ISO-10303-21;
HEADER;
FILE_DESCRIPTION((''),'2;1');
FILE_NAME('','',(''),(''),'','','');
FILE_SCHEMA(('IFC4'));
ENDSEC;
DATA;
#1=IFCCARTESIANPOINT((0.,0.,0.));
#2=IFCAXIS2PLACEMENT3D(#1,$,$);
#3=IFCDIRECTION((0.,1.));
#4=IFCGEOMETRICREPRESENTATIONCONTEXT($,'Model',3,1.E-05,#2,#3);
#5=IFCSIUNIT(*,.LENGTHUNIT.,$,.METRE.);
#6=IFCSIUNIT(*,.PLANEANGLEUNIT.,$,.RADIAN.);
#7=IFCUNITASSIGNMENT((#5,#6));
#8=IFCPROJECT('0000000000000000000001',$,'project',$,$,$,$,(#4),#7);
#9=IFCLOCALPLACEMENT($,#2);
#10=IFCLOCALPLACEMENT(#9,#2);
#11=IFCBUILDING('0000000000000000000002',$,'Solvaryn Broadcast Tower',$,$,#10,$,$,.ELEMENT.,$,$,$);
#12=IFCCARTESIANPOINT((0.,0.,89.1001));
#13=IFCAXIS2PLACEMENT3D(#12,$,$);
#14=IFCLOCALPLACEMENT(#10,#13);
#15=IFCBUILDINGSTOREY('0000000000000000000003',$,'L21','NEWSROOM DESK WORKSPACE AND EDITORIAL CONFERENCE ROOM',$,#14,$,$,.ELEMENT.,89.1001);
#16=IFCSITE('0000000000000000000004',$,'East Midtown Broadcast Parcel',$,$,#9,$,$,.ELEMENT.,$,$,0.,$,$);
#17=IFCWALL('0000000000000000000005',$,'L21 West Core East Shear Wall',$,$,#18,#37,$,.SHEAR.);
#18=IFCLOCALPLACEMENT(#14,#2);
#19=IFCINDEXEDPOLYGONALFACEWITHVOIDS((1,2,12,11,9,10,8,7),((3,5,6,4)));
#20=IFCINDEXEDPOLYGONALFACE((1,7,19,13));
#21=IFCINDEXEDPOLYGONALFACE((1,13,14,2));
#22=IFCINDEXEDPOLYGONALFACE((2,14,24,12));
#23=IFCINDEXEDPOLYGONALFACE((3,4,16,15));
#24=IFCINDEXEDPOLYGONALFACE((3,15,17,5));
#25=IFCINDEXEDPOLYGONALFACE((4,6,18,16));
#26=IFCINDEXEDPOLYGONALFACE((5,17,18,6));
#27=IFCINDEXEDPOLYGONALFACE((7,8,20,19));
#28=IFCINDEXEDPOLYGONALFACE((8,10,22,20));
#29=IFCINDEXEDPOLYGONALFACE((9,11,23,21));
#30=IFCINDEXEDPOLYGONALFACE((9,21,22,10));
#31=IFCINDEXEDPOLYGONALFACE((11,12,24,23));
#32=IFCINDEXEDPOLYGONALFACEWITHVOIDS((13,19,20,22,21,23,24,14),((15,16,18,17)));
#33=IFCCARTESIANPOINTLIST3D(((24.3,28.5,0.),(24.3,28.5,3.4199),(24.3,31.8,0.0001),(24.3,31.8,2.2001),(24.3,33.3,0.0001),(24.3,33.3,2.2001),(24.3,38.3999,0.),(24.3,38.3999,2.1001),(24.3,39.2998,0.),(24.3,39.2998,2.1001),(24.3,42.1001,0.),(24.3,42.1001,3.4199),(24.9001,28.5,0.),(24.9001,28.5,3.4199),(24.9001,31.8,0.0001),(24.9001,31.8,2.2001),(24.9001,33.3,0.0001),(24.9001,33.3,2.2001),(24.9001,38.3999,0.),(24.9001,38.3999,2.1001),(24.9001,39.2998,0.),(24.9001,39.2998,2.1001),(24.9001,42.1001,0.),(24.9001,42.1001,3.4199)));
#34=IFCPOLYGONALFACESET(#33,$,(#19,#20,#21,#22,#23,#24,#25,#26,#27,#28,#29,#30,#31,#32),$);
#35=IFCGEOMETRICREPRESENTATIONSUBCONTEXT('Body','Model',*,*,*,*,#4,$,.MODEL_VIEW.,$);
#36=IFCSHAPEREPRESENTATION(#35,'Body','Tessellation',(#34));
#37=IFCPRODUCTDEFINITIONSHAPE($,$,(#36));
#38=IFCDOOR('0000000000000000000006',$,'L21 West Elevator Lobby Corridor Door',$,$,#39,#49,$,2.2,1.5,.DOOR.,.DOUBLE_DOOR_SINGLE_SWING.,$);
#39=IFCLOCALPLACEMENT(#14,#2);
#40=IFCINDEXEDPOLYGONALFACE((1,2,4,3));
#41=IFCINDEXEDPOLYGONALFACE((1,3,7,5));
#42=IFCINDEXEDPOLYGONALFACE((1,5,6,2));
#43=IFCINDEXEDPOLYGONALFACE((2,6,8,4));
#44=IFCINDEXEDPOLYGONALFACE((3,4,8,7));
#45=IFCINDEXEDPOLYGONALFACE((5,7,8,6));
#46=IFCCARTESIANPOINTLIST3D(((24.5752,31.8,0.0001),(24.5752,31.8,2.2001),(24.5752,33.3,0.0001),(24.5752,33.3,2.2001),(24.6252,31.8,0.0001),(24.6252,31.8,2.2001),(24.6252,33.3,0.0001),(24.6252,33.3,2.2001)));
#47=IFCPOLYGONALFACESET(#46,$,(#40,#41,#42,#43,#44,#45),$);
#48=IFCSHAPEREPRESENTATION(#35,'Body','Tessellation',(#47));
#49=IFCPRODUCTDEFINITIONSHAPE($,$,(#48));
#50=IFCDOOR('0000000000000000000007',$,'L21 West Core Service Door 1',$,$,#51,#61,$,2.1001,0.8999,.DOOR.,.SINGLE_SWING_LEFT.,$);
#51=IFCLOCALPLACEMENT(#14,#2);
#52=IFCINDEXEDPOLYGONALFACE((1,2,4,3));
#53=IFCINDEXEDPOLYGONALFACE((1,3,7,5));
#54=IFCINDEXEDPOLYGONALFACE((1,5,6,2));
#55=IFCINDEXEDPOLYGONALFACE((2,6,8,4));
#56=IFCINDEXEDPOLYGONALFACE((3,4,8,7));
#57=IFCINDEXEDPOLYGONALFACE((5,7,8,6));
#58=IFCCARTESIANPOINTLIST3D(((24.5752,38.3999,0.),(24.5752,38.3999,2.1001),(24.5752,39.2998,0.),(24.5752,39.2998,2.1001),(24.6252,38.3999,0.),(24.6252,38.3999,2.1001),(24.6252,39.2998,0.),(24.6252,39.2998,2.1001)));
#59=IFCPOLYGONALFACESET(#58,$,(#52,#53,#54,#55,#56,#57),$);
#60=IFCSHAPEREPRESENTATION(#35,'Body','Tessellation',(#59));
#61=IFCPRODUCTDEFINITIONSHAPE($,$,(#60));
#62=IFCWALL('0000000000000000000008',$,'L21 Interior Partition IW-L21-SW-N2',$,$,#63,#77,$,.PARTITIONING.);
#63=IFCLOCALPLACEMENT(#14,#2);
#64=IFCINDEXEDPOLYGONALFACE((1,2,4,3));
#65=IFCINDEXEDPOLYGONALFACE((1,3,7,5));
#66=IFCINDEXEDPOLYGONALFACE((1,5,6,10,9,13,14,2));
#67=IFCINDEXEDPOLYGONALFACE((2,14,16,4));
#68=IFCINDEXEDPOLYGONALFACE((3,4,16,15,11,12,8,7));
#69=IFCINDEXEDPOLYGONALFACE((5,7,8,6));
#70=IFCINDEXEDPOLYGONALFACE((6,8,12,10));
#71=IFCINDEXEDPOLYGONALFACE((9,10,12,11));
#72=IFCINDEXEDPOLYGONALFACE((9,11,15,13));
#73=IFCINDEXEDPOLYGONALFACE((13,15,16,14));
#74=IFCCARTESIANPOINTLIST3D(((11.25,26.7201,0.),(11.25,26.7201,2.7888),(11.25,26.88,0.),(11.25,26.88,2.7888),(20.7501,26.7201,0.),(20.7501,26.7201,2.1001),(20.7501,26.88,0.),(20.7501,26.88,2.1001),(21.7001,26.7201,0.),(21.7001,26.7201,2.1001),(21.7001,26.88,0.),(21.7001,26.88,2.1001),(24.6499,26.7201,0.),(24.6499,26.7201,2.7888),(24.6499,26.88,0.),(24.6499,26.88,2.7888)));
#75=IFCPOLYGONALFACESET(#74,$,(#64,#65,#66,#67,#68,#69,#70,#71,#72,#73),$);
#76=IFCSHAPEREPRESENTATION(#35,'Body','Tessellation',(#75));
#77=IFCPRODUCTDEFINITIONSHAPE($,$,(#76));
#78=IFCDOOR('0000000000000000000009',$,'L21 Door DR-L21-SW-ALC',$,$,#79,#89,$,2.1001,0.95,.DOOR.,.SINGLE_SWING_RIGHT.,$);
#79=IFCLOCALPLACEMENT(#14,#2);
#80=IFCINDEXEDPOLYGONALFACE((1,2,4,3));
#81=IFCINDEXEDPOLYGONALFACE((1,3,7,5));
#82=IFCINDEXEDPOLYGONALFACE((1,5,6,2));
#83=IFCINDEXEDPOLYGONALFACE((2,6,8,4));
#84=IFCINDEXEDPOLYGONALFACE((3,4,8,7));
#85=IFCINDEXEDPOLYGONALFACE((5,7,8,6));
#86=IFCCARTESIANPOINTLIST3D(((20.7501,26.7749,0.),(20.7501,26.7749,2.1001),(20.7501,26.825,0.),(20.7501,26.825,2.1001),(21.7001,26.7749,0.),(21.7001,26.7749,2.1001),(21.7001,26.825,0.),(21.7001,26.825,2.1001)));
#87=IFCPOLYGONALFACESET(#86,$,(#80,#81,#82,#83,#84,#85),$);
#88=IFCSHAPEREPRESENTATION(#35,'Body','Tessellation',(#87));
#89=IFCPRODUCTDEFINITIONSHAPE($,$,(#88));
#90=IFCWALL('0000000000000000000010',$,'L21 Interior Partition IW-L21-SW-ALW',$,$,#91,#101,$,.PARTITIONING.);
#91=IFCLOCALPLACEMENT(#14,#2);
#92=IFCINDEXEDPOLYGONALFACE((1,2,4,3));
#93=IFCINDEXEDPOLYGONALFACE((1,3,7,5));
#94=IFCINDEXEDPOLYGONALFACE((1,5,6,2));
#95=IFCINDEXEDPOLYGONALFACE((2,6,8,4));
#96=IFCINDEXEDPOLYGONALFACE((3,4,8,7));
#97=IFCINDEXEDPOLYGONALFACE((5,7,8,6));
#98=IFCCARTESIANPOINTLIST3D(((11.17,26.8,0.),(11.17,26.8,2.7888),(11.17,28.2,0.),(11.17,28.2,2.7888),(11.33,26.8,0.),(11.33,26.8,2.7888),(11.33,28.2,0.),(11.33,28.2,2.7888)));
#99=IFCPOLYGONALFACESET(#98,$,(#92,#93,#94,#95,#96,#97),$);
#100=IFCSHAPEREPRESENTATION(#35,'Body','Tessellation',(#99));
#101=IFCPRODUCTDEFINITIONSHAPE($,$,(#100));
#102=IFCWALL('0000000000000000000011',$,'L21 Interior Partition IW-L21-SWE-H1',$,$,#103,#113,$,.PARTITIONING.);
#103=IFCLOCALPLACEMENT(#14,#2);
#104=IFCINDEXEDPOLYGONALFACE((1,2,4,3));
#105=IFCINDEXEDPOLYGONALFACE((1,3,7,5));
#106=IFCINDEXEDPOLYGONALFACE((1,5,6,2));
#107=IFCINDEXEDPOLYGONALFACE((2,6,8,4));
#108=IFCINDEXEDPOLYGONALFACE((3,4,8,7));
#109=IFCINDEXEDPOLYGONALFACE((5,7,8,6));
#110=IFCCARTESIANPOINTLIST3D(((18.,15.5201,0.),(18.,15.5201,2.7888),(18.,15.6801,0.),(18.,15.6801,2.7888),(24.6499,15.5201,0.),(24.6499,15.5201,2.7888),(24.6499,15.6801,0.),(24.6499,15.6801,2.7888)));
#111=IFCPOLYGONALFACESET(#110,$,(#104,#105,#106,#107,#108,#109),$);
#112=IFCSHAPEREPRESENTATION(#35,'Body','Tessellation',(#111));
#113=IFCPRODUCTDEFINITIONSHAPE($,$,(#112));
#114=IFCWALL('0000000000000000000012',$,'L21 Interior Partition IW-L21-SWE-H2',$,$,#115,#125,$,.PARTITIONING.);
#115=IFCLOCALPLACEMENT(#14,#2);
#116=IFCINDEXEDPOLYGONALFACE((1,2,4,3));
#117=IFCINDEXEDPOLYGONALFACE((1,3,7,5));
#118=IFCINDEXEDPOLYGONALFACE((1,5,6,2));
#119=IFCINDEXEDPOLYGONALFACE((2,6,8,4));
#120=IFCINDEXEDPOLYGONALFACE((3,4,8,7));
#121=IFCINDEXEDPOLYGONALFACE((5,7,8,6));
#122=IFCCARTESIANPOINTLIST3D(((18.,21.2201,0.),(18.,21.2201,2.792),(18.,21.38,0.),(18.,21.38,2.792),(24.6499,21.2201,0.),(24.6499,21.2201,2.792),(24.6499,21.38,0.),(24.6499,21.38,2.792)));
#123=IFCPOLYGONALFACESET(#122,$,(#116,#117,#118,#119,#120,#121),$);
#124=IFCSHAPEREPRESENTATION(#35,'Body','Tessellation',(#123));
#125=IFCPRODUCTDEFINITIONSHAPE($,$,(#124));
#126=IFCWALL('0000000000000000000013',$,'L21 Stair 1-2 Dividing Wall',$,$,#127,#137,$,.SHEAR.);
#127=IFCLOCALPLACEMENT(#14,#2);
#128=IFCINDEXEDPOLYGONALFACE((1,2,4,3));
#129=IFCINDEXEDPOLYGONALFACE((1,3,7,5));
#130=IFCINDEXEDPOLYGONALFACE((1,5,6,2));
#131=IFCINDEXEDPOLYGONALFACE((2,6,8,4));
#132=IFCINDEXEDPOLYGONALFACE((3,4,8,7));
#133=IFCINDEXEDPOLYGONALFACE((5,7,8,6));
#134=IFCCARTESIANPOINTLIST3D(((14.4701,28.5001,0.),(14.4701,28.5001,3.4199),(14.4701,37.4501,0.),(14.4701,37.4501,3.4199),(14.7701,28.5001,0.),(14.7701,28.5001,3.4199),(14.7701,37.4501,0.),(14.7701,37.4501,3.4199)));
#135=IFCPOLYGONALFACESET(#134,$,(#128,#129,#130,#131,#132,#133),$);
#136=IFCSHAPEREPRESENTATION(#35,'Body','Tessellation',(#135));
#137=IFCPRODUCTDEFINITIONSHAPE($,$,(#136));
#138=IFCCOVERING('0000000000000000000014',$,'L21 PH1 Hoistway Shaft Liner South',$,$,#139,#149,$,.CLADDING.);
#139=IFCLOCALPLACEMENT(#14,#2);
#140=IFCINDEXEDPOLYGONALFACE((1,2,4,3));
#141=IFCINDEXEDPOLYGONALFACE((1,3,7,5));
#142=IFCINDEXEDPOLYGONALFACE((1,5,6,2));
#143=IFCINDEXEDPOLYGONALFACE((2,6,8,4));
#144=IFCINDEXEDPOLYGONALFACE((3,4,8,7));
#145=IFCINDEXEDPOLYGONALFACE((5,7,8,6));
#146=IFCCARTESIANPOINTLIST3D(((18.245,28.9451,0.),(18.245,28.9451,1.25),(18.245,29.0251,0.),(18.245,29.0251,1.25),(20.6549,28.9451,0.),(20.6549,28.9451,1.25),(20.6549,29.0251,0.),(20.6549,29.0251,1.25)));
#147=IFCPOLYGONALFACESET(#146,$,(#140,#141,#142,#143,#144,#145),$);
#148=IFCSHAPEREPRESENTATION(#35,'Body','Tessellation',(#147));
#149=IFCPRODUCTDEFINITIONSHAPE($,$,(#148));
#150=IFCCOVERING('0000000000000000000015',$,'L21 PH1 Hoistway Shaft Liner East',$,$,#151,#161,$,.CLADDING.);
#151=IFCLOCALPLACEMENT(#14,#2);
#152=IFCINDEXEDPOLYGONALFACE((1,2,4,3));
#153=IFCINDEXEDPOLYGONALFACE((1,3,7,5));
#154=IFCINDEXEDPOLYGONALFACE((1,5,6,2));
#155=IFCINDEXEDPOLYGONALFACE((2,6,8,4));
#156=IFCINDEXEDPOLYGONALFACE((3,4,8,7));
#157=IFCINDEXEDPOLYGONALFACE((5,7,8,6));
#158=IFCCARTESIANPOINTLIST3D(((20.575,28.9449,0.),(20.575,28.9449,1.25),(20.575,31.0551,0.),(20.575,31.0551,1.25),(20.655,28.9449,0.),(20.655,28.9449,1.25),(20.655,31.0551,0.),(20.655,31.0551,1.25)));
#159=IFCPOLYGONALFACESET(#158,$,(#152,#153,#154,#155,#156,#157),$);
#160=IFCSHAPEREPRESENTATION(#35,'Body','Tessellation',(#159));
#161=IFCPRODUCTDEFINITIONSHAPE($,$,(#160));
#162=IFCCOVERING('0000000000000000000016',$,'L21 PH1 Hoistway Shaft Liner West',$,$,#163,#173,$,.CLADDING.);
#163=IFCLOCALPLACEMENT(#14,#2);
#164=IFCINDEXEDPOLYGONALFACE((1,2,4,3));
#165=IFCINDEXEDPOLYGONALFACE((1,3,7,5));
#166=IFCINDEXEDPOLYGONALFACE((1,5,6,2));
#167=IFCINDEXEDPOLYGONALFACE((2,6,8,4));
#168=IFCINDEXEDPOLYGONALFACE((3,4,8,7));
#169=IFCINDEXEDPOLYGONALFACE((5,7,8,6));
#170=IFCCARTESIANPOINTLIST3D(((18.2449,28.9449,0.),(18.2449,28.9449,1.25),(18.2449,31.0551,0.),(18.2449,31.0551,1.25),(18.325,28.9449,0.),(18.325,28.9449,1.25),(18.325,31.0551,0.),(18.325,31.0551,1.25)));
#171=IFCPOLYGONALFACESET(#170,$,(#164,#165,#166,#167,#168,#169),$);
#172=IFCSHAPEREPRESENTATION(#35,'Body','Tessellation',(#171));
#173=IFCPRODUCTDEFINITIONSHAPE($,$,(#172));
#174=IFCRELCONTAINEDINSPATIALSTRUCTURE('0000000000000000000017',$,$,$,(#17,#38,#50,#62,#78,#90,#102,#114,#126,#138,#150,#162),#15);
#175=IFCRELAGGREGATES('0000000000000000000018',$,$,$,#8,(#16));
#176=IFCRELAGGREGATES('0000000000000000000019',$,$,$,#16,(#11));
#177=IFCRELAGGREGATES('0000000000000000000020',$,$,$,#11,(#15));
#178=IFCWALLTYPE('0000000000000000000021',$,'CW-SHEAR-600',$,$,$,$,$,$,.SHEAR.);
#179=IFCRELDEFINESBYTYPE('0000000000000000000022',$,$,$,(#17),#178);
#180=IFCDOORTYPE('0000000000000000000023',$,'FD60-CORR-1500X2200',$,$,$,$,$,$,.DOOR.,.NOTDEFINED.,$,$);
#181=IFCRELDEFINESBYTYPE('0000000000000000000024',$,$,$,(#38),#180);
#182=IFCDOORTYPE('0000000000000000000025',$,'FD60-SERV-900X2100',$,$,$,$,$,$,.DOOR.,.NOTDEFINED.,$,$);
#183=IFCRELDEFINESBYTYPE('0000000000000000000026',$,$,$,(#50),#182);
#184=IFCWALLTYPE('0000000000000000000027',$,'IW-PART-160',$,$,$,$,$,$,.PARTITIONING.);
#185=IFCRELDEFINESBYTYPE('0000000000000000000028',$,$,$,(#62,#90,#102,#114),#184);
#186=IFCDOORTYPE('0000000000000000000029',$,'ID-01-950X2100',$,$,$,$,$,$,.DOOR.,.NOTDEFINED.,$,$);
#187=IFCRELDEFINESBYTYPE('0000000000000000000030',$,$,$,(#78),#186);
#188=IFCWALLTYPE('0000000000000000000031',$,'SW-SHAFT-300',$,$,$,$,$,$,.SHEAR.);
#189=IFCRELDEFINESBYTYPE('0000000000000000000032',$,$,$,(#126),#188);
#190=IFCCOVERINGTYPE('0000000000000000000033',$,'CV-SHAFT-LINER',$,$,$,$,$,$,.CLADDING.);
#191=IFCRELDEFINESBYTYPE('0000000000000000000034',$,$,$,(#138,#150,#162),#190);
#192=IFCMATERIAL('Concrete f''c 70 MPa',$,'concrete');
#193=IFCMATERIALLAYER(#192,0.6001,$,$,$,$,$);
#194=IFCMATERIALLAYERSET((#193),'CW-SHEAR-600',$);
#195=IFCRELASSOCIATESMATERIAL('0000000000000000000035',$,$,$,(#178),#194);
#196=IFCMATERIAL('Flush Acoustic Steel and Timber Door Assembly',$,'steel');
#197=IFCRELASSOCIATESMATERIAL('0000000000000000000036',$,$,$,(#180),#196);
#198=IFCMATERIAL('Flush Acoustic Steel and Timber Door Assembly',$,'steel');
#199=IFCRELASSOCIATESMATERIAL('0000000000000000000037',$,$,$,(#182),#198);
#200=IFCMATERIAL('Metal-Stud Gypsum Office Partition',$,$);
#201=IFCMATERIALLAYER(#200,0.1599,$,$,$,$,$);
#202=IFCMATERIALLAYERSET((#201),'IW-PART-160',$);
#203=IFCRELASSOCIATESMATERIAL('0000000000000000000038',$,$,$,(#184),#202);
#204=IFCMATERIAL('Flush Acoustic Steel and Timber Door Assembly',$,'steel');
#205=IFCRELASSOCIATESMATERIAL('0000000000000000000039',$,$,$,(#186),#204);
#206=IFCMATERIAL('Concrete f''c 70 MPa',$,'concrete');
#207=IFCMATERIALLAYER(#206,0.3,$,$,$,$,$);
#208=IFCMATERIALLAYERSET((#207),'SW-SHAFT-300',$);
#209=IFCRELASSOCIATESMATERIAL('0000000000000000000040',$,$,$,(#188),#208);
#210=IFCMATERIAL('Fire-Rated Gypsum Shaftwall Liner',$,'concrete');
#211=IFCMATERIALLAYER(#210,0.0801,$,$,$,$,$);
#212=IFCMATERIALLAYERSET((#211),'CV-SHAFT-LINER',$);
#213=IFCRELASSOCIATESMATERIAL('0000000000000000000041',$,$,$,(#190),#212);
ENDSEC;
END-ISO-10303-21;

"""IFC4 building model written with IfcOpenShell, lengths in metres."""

from ifc_helpers import new_model, si_unit, direction, frame, frame_2d, origin, origin_2d, place, context, subcontext, project, spatial, rectangle, extrude, material, layer, layer_set, type_object, element, fill, save


model = new_model("IFC4")

# Units and contexts
model_context = context("Model", 3, precision=1e-05, world=origin(), true_north=direction((0.0, 1.0)))
body_context = subcontext(model_context, "Body", "Model", "MODEL_VIEW")
ifc_project = project(units=[si_unit("LENGTHUNIT", "METRE"), si_unit("PLANEANGLEUNIT", "RADIAN")], contexts=[model_context])

# Site, building, storey
site_placement = place(None, origin())
site = spatial("IfcSite", under=ifc_project, at=site_placement, Name="East Midtown Broadcast Parcel", CompositionType="ELEMENT", RefElevation=0.0)
building_placement = place(site_placement, origin())
building = spatial("IfcBuilding", under=site, at=building_placement, Name="Solvaryn Broadcast Tower", CompositionType="ELEMENT")
storey_placement = place(building_placement, frame((0.0, 0.0, 89.1001)))
storey = spatial("IfcBuildingStorey", under=building, at=storey_placement, Name="L21", Description="NEWSROOM DESK WORKSPACE AND EDITORIAL CONFERENCE ROOM", CompositionType="ELEMENT", Elevation=89.1001)

# Shared definitions
ifc_material_1 = material(Name="Concrete f'c 70 MPa", Category="concrete")
ifc_layer_1 = layer(ifc_material_1, 0.6001)
ifc_layer_set_1 = layer_set([ifc_layer_1], Name="CW-SHEAR-600")
wall_type_1 = type_object("IfcWallType", Name="CW-SHEAR-600", PredefinedType="SHEAR", material=ifc_layer_set_1)

# Wall, openings, doors
wall_1_placement = place(storey_placement, frame((24.6001, 28.5, 0.0), z_axis=(0.0, 0.0, 1.0), x_axis=(0.0, 1.0, 0.0)))
wall_1 = element("IfcWall", 1, at=wall_1_placement, inside=storey, type_object=wall_type_1, Name="L21 West Core East Shear Wall", PredefinedType="SHEAR", context=body_context, shape_type="SweptSolid", body=[
    extrude(rectangle(XDim=13.6001, YDim=0.6001, at=frame_2d((6.8, 0.0))), origin(), (0.0, 0.0, 1.0), 3.4199),
])
opening_1_placement = place(wall_1_placement, frame((3.3, 0.0, 0.0)))
opening_1 = element("IfcOpeningElement", 2, at=opening_1_placement, cuts=wall_1, PredefinedType="OPENING", context=body_context, shape_type="SweptSolid", body=[
    extrude(rectangle(XDim=1.5, YDim=2.2, at=frame_2d((0.75, 1.1001))), frame((0.0, 0.3101, 0.0), z_axis=(0.0, -1.0, 0.0), x_axis=(1.0, 0.0, 0.0)), (0.0, 0.0, 1.0), 0.6201),
])
opening_2_placement = place(wall_1_placement, frame((9.8999, 0.0, 0.0)))
opening_2 = element("IfcOpeningElement", 3, at=opening_2_placement, cuts=wall_1, PredefinedType="OPENING", context=body_context, shape_type="SweptSolid", body=[
    extrude(rectangle(XDim=0.8999, YDim=2.1001, at=frame_2d((0.45, 1.05))), frame((0.0, 0.3101, 0.0), z_axis=(0.0, -1.0, 0.0), x_axis=(1.0, 0.0, 0.0)), (0.0, 0.0, 1.0), 0.6201),
])
ifc_material_2 = material(Name="Flush Acoustic Steel and Timber Door Assembly", Category="steel")
door_type_1 = type_object("IfcDoorType", Name="FD60-CORR-1500X2200", OperationType="NOTDEFINED", PredefinedType="DOOR", material=ifc_material_2)
door_1_placement = place(opening_1_placement, origin())
door_1 = element("IfcDoor", 4, at=door_1_placement, inside=storey, type_object=door_type_1, Name="L21 West Elevator Lobby Corridor Door", OperationType="DOUBLE_DOOR_SINGLE_SWING", OverallHeight=2.2, OverallWidth=1.5, PredefinedType="DOOR", context=body_context, shape_type="SweptSolid", body=[
    extrude(rectangle(XDim=1.5, YDim=2.2, at=frame_2d((0.75, 1.1001))), frame((0.0, 0.0249, 0.0), z_axis=(0.0, -1.0, 0.0), x_axis=(1.0, 0.0, 0.0)), (0.0, 0.0, 1.0), 0.05),
])
fill(opening_1, door_1)
ifc_material_3 = material(Name="Flush Acoustic Steel and Timber Door Assembly", Category="steel")
door_type_2 = type_object("IfcDoorType", Name="FD60-SERV-900X2100", OperationType="NOTDEFINED", PredefinedType="DOOR", material=ifc_material_3)
door_2_placement = place(opening_2_placement, origin())
door_2 = element("IfcDoor", 5, at=door_2_placement, inside=storey, type_object=door_type_2, Name="L21 West Core Service Door 1", OperationType="SINGLE_SWING_LEFT", OverallHeight=2.1001, OverallWidth=0.8999, PredefinedType="DOOR", context=body_context, shape_type="SweptSolid", body=[
    extrude(rectangle(XDim=0.8999, YDim=2.1001, at=frame_2d((0.45, 1.05))), frame((0.0, 0.0249, 0.0), z_axis=(0.0, -1.0, 0.0), x_axis=(1.0, 0.0, 0.0)), (0.0, 0.0, 1.0), 0.05),
])
fill(opening_2, door_2)

# Wall, opening, door
ifc_material_4 = material(Name="Metal-Stud Gypsum Office Partition")
ifc_layer_2 = layer(ifc_material_4, 0.1599)
ifc_layer_set_2 = layer_set([ifc_layer_2], Name="IW-PART-160")
wall_type_2 = type_object("IfcWallType", Name="IW-PART-160", PredefinedType="PARTITIONING", material=ifc_layer_set_2)
wall_2_placement = place(storey_placement, frame((11.25, 26.8, 0.0), z_axis=(0.0, 0.0, 1.0), x_axis=(1.0, 0.0, 0.0)))
wall_2 = element("IfcWall", 6, at=wall_2_placement, inside=storey, type_object=wall_type_2, Name="L21 Interior Partition IW-L21-SW-N2", PredefinedType="PARTITIONING", context=body_context, shape_type="SweptSolid", body=[
    extrude(rectangle(XDim=13.3999, YDim=0.1599, at=frame_2d((6.7, 0.0))), origin(), (0.0, 0.0, 1.0), 2.7888),
])
opening_3_placement = place(wall_2_placement, frame((9.5, 0.0, 0.0)))
opening_3 = element("IfcOpeningElement", 7, at=opening_3_placement, cuts=wall_2, PredefinedType="OPENING", context=body_context, shape_type="SweptSolid", body=[
    extrude(rectangle(XDim=0.95, YDim=2.1001, at=frame_2d((0.4751, 1.05))), frame((0.0, 0.0901, 0.0), z_axis=(0.0, -1.0, 0.0), x_axis=(1.0, 0.0, 0.0)), (0.0, 0.0, 1.0), 0.1799),
])
ifc_material_5 = material(Name="Flush Acoustic Steel and Timber Door Assembly", Category="steel")
door_type_3 = type_object("IfcDoorType", Name="ID-01-950X2100", OperationType="NOTDEFINED", PredefinedType="DOOR", material=ifc_material_5)
door_3_placement = place(opening_3_placement, origin())
door_3 = element("IfcDoor", 8, at=door_3_placement, inside=storey, type_object=door_type_3, Name="L21 Door DR-L21-SW-ALC", OperationType="SINGLE_SWING_RIGHT", OverallHeight=2.1001, OverallWidth=0.95, PredefinedType="DOOR", context=body_context, shape_type="SweptSolid", body=[
    extrude(rectangle(XDim=0.95, YDim=2.1001, at=frame_2d((0.4751, 1.05))), frame((0.0, 0.0249, 0.0), z_axis=(0.0, -1.0, 0.0), x_axis=(1.0, 0.0, 0.0)), (0.0, 0.0, 1.0), 0.05),
])
fill(opening_3, door_3)

# Walls
wall_3_placement = place(storey_placement, frame((11.25, 26.8, 0.0), z_axis=(0.0, 0.0, 1.0), x_axis=(0.0, 1.0, 0.0)))
element("IfcWall", 9, at=wall_3_placement, inside=storey, type_object=wall_type_2, Name="L21 Interior Partition IW-L21-SW-ALW", PredefinedType="PARTITIONING", context=body_context, shape_type="SweptSolid", body=[
    extrude(rectangle(XDim=1.3999, YDim=0.1599, at=frame_2d((0.7, 0.0))), origin(), (0.0, 0.0, 1.0), 2.7888),
])
wall_4_placement = place(storey_placement, frame((18.0, 15.6001, 0.0), z_axis=(0.0, 0.0, 1.0), x_axis=(1.0, 0.0, 0.0)))
element("IfcWall", 10, at=wall_4_placement, inside=storey, type_object=wall_type_2, Name="L21 Interior Partition IW-L21-SWE-H1", PredefinedType="PARTITIONING", context=body_context, shape_type="SweptSolid", body=[
    extrude(rectangle(XDim=6.6499, YDim=0.1599, at=frame_2d((3.325, 0.0))), origin(), (0.0, 0.0, 1.0), 2.7888),
])
wall_5_placement = place(storey_placement, frame((18.0, 21.3, 0.0), z_axis=(0.0, 0.0, 1.0), x_axis=(1.0, 0.0, 0.0)))
element("IfcWall", 11, at=wall_5_placement, inside=storey, type_object=wall_type_2, Name="L21 Interior Partition IW-L21-SWE-H2", PredefinedType="PARTITIONING", context=body_context, shape_type="SweptSolid", body=[
    extrude(rectangle(XDim=6.6499, YDim=0.1599, at=frame_2d((3.325, 0.0))), origin(), (0.0, 0.0, 1.0), 2.792),
])
ifc_material_6 = material(Name="Concrete f'c 70 MPa", Category="concrete")
ifc_layer_3 = layer(ifc_material_6, 0.3)
ifc_layer_set_3 = layer_set([ifc_layer_3], Name="SW-SHAFT-300")
wall_type_3 = type_object("IfcWallType", Name="SW-SHAFT-300", PredefinedType="SHEAR", material=ifc_layer_set_3)
wall_6_placement = place(storey_placement, frame((14.6201, 28.5, 0.0), z_axis=(0.0, 0.0, 1.0), x_axis=(0.0, 1.0, 0.0)))
element("IfcWall", 12, at=wall_6_placement, inside=storey, type_object=wall_type_3, Name="L21 Stair 1-2 Dividing Wall", PredefinedType="SHEAR", context=body_context, shape_type="SweptSolid", body=[
    extrude(rectangle(XDim=8.95, YDim=0.3, at=frame_2d((4.4751, 0.0))), origin(), (0.0, 0.0, 1.0), 3.4199),
])

# Coverings
ifc_material_7 = material(Name="Fire-Rated Gypsum Shaftwall Liner", Category="concrete")
ifc_layer_4 = layer(ifc_material_7, 0.0801)
ifc_layer_set_4 = layer_set([ifc_layer_4], Name="CV-SHAFT-LINER")
covering_type = type_object("IfcCoveringType", Name="CV-SHAFT-LINER", PredefinedType="CLADDING", material=ifc_layer_set_4)
covering_1_placement = place(storey_placement, frame((19.45, 28.9851, 0.0), z_axis=(0.0, 0.0, 1.0), x_axis=(1.0, 0.0, 0.0)))
element("IfcCovering", 13, at=covering_1_placement, inside=storey, type_object=covering_type, Name="L21 PH1 Hoistway Shaft Liner South", PredefinedType="CLADDING", context=body_context, shape_type="SweptSolid", body=[
    extrude(rectangle(XDim=2.4099, YDim=0.0801, at=origin_2d()), origin(), (0.0, 0.0, 1.0), 1.25),
])
for number, where, z_axis, x_axis, name in (
    (14, (20.615, 30.0, 0.0), (0.0, 0.0, 1.0), (1.0, 0.0, 0.0), "L21 PH1 Hoistway Shaft Liner East"),
    (15, (18.2849, 30.0, 0.0), (0.0, 0.0, 1.0), (1.0, 0.0, 0.0), "L21 PH1 Hoistway Shaft Liner West"),
):
    element("IfcCovering", number, at=place(storey_placement, frame(where, z_axis=z_axis, x_axis=x_axis)), inside=storey, type_object=covering_type, Name=name, PredefinedType="CLADDING", context=body_context, shape_type="SweptSolid", body=[
        extrude(rectangle(XDim=0.0801, YDim=2.1101, at=origin_2d()), origin(), (0.0, 0.0, 1.0), 1.25),
    ])

save(model, "model.ifc")
